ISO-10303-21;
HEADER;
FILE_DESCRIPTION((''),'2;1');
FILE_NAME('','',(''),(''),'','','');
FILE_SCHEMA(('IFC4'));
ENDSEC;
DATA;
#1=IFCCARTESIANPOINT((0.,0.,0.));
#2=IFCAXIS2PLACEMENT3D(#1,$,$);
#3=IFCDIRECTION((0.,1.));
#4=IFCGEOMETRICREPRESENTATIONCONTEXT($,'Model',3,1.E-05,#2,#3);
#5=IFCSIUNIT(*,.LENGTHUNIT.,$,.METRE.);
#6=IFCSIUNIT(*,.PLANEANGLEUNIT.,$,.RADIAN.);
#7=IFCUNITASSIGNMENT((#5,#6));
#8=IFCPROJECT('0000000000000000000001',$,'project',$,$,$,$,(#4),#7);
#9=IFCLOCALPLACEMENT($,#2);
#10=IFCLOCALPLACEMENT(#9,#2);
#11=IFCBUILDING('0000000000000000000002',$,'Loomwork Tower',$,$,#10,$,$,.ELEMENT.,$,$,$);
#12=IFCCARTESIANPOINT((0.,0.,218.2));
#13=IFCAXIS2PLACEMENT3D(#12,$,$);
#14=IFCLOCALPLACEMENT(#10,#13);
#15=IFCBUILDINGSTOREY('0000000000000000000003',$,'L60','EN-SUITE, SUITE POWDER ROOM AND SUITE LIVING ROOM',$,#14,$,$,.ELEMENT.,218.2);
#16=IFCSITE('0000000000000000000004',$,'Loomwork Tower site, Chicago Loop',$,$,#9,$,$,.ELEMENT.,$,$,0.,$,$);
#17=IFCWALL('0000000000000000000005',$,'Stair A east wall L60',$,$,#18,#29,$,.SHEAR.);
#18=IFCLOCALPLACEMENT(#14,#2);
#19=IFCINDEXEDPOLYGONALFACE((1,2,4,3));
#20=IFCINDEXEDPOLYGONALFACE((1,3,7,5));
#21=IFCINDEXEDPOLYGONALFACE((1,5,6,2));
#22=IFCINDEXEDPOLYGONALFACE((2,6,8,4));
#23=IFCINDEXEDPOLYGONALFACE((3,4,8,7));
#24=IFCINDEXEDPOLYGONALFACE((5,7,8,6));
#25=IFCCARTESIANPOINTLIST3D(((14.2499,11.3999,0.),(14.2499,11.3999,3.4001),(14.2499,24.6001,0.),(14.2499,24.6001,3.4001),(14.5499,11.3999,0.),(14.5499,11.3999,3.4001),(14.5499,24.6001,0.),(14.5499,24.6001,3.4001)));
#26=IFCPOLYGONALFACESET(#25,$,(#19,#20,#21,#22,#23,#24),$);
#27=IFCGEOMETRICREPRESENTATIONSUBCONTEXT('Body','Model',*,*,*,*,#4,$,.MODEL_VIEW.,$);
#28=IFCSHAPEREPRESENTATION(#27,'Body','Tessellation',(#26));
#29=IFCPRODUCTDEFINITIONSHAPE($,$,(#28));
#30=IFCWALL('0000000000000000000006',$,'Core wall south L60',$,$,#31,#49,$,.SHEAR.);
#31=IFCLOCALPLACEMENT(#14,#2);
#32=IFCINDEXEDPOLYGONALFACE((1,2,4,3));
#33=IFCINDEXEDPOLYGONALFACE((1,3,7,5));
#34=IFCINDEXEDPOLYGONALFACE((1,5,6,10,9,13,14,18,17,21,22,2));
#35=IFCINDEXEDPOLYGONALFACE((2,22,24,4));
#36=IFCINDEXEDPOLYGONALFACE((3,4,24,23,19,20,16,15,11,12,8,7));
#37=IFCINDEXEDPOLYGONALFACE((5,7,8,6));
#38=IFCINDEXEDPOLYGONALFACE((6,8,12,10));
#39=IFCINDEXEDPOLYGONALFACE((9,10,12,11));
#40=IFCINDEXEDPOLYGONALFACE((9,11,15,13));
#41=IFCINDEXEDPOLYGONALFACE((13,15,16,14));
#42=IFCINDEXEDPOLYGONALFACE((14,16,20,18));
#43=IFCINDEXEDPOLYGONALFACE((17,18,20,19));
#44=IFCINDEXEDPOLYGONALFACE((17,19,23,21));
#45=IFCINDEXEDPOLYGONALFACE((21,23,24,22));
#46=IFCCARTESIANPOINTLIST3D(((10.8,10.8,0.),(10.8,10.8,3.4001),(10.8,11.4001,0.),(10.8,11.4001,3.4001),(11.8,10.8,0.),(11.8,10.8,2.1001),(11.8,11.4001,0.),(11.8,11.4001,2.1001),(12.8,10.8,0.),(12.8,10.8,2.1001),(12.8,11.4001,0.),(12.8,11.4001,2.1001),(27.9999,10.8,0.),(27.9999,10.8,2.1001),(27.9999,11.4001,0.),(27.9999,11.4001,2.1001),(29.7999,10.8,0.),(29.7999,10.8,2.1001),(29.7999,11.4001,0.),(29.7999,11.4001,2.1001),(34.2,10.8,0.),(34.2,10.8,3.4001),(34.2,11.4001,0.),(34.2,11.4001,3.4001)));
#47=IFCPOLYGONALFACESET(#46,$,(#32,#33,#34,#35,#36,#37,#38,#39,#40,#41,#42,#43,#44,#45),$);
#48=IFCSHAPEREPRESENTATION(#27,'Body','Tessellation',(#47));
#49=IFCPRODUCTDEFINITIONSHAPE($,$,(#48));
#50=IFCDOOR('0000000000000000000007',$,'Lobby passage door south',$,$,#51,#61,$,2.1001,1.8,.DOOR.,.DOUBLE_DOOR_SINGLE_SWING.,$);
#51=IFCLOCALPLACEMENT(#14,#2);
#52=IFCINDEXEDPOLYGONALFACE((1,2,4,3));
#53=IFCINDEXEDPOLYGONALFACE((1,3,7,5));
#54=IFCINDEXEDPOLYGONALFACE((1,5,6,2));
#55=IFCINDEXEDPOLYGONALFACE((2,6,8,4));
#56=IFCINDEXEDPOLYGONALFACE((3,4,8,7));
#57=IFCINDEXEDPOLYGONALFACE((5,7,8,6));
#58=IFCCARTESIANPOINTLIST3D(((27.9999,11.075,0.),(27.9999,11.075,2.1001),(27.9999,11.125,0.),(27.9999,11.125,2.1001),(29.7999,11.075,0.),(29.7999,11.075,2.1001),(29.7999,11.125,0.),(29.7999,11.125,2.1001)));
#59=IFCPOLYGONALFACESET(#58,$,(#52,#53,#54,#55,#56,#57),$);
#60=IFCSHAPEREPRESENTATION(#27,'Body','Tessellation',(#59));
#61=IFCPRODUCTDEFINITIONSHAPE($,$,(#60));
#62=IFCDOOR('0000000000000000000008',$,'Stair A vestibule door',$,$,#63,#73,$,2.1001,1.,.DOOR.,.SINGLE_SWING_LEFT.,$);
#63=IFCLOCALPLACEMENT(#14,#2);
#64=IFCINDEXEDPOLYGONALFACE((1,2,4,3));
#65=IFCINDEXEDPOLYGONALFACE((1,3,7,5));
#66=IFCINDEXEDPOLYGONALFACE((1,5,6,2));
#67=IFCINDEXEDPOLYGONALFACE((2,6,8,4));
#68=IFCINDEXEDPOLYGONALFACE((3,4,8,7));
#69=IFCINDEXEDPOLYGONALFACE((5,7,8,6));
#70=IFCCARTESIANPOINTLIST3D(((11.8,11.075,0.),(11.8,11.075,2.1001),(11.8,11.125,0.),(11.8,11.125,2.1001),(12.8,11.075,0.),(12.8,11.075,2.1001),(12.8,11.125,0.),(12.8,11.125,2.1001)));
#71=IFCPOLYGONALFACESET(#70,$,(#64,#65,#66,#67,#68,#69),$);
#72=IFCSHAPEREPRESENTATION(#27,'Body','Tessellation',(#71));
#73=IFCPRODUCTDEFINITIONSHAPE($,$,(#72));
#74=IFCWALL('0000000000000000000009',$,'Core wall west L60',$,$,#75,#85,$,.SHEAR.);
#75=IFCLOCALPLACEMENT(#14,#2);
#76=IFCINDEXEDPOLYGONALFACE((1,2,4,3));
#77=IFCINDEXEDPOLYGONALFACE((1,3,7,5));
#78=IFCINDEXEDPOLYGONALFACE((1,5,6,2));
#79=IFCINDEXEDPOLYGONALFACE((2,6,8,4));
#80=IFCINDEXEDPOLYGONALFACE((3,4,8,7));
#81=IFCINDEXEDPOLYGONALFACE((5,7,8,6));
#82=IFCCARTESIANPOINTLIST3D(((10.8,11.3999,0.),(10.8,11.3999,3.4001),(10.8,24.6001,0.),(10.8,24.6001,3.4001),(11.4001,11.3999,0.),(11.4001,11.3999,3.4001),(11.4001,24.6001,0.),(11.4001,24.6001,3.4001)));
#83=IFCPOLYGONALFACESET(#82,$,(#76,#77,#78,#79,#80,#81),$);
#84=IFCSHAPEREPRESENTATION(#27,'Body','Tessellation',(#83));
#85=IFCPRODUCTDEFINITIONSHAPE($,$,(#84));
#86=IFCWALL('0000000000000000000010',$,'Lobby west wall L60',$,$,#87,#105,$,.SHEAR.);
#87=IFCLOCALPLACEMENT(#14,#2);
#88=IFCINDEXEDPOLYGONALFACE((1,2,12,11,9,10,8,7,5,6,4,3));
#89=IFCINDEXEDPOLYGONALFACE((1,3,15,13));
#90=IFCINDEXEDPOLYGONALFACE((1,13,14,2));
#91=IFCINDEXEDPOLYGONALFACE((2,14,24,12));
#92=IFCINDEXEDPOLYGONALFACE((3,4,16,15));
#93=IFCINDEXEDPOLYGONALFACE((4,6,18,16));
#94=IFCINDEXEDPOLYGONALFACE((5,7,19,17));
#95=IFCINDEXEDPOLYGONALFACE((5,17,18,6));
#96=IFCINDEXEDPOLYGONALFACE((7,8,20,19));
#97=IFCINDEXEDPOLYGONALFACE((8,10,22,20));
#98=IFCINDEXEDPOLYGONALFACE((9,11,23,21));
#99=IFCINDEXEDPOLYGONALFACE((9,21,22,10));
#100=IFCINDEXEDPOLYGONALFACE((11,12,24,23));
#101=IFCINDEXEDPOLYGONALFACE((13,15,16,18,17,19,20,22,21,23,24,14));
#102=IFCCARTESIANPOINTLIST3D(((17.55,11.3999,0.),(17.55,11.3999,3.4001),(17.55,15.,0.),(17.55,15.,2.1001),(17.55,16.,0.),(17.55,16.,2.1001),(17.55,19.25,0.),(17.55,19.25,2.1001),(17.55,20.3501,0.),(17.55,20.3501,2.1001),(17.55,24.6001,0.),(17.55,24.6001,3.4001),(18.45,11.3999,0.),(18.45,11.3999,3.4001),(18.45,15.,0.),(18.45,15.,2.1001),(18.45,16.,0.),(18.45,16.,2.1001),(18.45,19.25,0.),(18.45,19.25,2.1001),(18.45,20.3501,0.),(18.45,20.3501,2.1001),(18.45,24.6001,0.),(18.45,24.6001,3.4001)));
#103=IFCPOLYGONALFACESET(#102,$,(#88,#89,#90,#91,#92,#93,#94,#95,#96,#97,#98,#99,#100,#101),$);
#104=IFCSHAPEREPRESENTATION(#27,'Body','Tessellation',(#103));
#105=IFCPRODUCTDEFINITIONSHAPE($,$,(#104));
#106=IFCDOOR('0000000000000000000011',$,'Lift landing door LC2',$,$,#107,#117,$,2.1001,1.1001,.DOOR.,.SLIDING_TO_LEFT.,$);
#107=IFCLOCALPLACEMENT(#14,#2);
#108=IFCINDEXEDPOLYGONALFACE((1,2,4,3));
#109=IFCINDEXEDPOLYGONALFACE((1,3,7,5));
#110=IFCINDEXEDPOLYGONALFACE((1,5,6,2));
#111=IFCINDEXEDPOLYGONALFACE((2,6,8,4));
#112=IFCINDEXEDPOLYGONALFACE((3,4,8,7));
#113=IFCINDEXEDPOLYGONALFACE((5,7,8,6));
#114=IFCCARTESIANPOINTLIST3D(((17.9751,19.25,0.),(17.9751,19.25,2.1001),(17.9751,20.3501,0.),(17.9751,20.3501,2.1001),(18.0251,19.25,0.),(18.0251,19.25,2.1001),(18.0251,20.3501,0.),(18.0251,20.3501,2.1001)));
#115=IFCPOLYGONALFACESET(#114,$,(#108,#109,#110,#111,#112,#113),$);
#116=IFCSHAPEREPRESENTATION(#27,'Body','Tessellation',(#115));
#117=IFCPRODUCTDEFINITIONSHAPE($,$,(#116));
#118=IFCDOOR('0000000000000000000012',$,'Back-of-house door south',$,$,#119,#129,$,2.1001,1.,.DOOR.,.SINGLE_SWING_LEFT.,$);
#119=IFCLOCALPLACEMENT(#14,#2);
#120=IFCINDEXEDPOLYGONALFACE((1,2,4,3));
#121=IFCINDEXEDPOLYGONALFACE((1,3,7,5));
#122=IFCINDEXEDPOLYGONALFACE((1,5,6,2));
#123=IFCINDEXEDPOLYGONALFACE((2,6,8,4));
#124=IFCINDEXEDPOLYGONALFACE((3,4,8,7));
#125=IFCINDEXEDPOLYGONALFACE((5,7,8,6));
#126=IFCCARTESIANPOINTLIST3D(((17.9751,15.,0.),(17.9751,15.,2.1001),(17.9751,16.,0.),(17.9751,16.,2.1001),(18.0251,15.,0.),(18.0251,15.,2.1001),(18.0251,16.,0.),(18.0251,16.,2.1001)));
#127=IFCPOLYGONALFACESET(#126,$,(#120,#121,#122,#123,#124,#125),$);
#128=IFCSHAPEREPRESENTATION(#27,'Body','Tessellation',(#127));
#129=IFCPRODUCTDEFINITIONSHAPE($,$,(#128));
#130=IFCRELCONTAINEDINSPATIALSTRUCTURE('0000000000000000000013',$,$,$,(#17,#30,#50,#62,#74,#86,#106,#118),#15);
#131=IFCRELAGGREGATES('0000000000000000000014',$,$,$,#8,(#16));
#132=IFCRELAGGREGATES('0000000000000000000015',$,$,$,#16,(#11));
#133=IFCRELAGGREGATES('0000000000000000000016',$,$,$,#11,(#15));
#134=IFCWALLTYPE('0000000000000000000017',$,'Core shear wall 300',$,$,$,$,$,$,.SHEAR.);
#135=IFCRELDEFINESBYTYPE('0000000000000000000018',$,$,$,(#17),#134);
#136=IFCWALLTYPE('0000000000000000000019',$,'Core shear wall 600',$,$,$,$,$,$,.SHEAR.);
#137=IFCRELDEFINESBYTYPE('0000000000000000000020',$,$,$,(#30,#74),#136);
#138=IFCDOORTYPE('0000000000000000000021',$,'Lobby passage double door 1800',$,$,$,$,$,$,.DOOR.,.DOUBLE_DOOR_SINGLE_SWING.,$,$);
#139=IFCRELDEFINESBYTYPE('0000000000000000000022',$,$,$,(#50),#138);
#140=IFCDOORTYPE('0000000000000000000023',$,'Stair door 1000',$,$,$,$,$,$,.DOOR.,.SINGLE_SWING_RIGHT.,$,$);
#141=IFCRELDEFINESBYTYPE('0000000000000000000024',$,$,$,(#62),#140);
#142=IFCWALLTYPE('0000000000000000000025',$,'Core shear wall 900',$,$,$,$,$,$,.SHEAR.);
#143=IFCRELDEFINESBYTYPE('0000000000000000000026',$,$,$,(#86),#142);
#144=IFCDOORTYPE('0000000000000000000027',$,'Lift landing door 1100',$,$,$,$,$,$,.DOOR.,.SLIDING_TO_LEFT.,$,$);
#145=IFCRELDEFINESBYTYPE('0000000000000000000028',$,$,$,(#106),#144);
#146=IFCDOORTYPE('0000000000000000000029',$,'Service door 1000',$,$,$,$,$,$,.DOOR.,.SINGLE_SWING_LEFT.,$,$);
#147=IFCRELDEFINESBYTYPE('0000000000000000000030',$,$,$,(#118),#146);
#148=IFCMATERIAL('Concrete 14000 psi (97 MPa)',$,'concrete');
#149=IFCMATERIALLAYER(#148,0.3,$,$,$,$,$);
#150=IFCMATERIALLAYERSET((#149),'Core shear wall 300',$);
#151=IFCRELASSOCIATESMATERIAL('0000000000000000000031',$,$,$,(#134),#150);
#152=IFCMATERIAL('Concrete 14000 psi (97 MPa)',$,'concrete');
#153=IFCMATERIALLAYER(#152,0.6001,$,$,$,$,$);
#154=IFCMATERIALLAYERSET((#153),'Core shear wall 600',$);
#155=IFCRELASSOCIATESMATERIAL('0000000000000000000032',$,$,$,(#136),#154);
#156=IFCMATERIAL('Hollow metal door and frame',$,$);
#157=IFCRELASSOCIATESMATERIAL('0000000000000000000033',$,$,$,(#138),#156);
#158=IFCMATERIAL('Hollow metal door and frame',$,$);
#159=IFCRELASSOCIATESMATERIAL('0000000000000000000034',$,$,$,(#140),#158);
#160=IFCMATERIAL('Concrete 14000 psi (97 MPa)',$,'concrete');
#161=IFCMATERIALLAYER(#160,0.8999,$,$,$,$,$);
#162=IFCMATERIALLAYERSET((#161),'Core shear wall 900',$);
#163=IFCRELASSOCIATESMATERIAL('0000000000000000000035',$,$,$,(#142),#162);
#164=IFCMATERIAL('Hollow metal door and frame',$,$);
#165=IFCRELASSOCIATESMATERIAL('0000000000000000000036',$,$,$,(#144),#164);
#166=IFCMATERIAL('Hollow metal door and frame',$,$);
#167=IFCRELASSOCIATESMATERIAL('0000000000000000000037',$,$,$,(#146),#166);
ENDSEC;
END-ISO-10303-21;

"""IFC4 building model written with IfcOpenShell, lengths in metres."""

from ifc_helpers import new_model, si_unit, direction, frame, frame_2d, origin, place, context, subcontext, project, spatial, rectangle, extrude, material, layer, layer_set, type_object, element, fill, save


model = new_model("IFC4")

# Units and contexts
model_context = context("Model", 3, precision=1e-05, world=origin(), true_north=direction((0.0, 1.0)))
body_context = subcontext(model_context, "Body", "Model", "MODEL_VIEW")
ifc_project = project(units=[si_unit("LENGTHUNIT", "METRE"), si_unit("PLANEANGLEUNIT", "RADIAN")], contexts=[model_context])

# Site, building, storey
site_placement = place(None, origin())
site = spatial("IfcSite", under=ifc_project, at=site_placement, Name="Loomwork Tower site, Chicago Loop", CompositionType="ELEMENT", RefElevation=0.0)
building_placement = place(site_placement, origin())
building = spatial("IfcBuilding", under=site, at=building_placement, Name="Loomwork Tower", CompositionType="ELEMENT")
storey_placement = place(building_placement, frame((0.0, 0.0, 218.2)))
storey = spatial("IfcBuildingStorey", under=building, at=storey_placement, Name="L60", Description="EN-SUITE, SUITE POWDER ROOM AND SUITE LIVING ROOM", CompositionType="ELEMENT", Elevation=218.2)

# Wall
ifc_material_1 = material(Name="Concrete 14000 psi (97 MPa)", Category="concrete")
ifc_layer_1 = layer(ifc_material_1, 0.3)
ifc_layer_set_1 = layer_set([ifc_layer_1], Name="Core shear wall 300")
wall_type_1 = type_object("IfcWallType", Name="Core shear wall 300", PredefinedType="SHEAR", material=ifc_layer_set_1)
wall_1_placement = place(storey_placement, frame((14.3999, 11.3999, 0.0), z_axis=(0.0, 0.0, 1.0), x_axis=(0.0, 1.0, 0.0)))
element("IfcWall", 1, at=wall_1_placement, inside=storey, type_object=wall_type_1, Name="Stair A east wall L60", PredefinedType="SHEAR", context=body_context, shape_type="SweptSolid", body=[
    extrude(rectangle(XDim=13.2002, YDim=0.3, at=frame_2d((6.6001, 0.0))), origin(), (0.0, 0.0, 1.0), 3.4001),
])

# Wall, openings, doors
ifc_material_2 = material(Name="Concrete 14000 psi (97 MPa)", Category="concrete")
ifc_layer_2 = layer(ifc_material_2, 0.6001)
ifc_layer_set_2 = layer_set([ifc_layer_2], Name="Core shear wall 600")
wall_type_2 = type_object("IfcWallType", Name="Core shear wall 600", PredefinedType="SHEAR", material=ifc_layer_set_2)
wall_2_placement = place(storey_placement, frame((10.8, 11.1001, 0.0), z_axis=(0.0, 0.0, 1.0), x_axis=(1.0, 0.0, 0.0)))
wall_2 = element("IfcWall", 2, at=wall_2_placement, inside=storey, type_object=wall_type_2, Name="Core wall south L60", PredefinedType="SHEAR", context=body_context, shape_type="SweptSolid", body=[
    extrude(rectangle(XDim=23.3999, YDim=0.6001, at=frame_2d((11.7, 0.0))), origin(), (0.0, 0.0, 1.0), 3.4001),
])
opening_1_placement = place(wall_2_placement, frame((1.0, 0.0, 0.0)))
opening_1 = element("IfcOpeningElement", 3, at=opening_1_placement, cuts=wall_2, PredefinedType="OPENING", context=body_context, shape_type="SweptSolid", body=[
    extrude(rectangle(XDim=1.0, YDim=2.1001, at=frame_2d((0.5, 1.05))), frame((0.0, 0.3101, 0.0), z_axis=(0.0, -1.0, 0.0), x_axis=(1.0, 0.0, 0.0)), (0.0, 0.0, 1.0), 0.6201),
])
opening_2_placement = place(wall_2_placement, frame((17.2, 0.0, 0.0)))
opening_2 = element("IfcOpeningElement", 4, at=opening_2_placement, cuts=wall_2, PredefinedType="OPENING", context=body_context, shape_type="SweptSolid", body=[
    extrude(rectangle(XDim=1.8, YDim=2.1001, at=frame_2d((0.8999, 1.05))), frame((0.0, 0.3101, 0.0), z_axis=(0.0, -1.0, 0.0), x_axis=(1.0, 0.0, 0.0)), (0.0, 0.0, 1.0), 0.6201),
])
ifc_material_3 = material(Name="Hollow metal door and frame")
door_type_1 = type_object("IfcDoorType", Name="Lobby passage double door 1800", OperationType="DOUBLE_DOOR_SINGLE_SWING", PredefinedType="DOOR", material=ifc_material_3)
door_1_placement = place(opening_2_placement, origin())
door_1 = element("IfcDoor", 5, at=door_1_placement, inside=storey, type_object=door_type_1, Name="Lobby passage door south", OperationType="DOUBLE_DOOR_SINGLE_SWING", OverallHeight=2.1001, OverallWidth=1.8, PredefinedType="DOOR", context=body_context, shape_type="SweptSolid", body=[
    extrude(rectangle(XDim=1.8, YDim=2.1001, at=frame_2d((0.8999, 1.05))), frame((0.0, 0.0249, 0.0), z_axis=(0.0, -1.0, 0.0), x_axis=(1.0, 0.0, 0.0)), (0.0, 0.0, 1.0), 0.05),
])
fill(opening_2, door_1)
ifc_material_4 = material(Name="Hollow metal door and frame")
door_type_2 = type_object("IfcDoorType", Name="Stair door 1000", OperationType="SINGLE_SWING_RIGHT", PredefinedType="DOOR", material=ifc_material_4)
door_2_placement = place(opening_1_placement, origin())
door_2 = element("IfcDoor", 6, at=door_2_placement, inside=storey, type_object=door_type_2, Name="Stair A vestibule door", OperationType="SINGLE_SWING_LEFT", OverallHeight=2.1001, OverallWidth=1.0, PredefinedType="DOOR", context=body_context, shape_type="SweptSolid", body=[
    extrude(rectangle(XDim=1.0, YDim=2.1001, at=frame_2d((0.5, 1.05))), frame((0.0, 0.0249, 0.0), z_axis=(0.0, -1.0, 0.0), x_axis=(1.0, 0.0, 0.0)), (0.0, 0.0, 1.0), 0.05),
])
fill(opening_1, door_2)

# Wall
wall_3_placement = place(storey_placement, frame((11.1001, 11.3999, 0.0), z_axis=(0.0, 0.0, 1.0), x_axis=(0.0, 1.0, 0.0)))
element("IfcWall", 7, at=wall_3_placement, inside=storey, type_object=wall_type_2, Name="Core wall west L60", PredefinedType="SHEAR", context=body_context, shape_type="SweptSolid", body=[
    extrude(rectangle(XDim=13.2002, YDim=0.6001, at=frame_2d((6.6001, 0.0))), origin(), (0.0, 0.0, 1.0), 3.4001),
])

# Wall, openings, doors
ifc_material_5 = material(Name="Concrete 14000 psi (97 MPa)", Category="concrete")
ifc_layer_3 = layer(ifc_material_5, 0.8999)
ifc_layer_set_3 = layer_set([ifc_layer_3], Name="Core shear wall 900")
wall_type_3 = type_object("IfcWallType", Name="Core shear wall 900", PredefinedType="SHEAR", material=ifc_layer_set_3)
wall_4_placement = place(storey_placement, frame((18.0, 11.3999, 0.0), z_axis=(0.0, 0.0, 1.0), x_axis=(0.0, 1.0, 0.0)))
wall_4 = element("IfcWall", 8, at=wall_4_placement, inside=storey, type_object=wall_type_3, Name="Lobby west wall L60", PredefinedType="SHEAR", context=body_context, shape_type="SweptSolid", body=[
    extrude(rectangle(XDim=13.2002, YDim=0.8999, at=frame_2d((6.6001, 0.0))), origin(), (0.0, 0.0, 1.0), 3.4001),
])
opening_3_placement = place(wall_4_placement, frame((3.6001, 0.0, 0.0)))
opening_3 = element("IfcOpeningElement", 9, at=opening_3_placement, cuts=wall_4, PredefinedType="OPENING", context=body_context, shape_type="SweptSolid", body=[
    extrude(rectangle(XDim=1.0, YDim=2.1001, at=frame_2d((0.5, 1.05))), frame((0.0, 0.46, 0.0), z_axis=(0.0, -1.0, 0.0), x_axis=(1.0, 0.0, 0.0)), (0.0, 0.0, 1.0), 0.9199),
])
opening_4_placement = place(wall_4_placement, frame((7.8501, 0.0, 0.0)))
opening_4 = element("IfcOpeningElement", 10, at=opening_4_placement, cuts=wall_4, PredefinedType="OPENING", context=body_context, shape_type="SweptSolid", body=[
    extrude(rectangle(XDim=1.1001, YDim=2.1001, at=frame_2d((0.55, 1.05))), frame((0.0, 0.46, 0.0), z_axis=(0.0, -1.0, 0.0), x_axis=(1.0, 0.0, 0.0)), (0.0, 0.0, 1.0), 0.9199),
])
ifc_material_6 = material(Name="Hollow metal door and frame")
door_type_3 = type_object("IfcDoorType", Name="Lift landing door 1100", OperationType="SLIDING_TO_LEFT", PredefinedType="DOOR", material=ifc_material_6)
door_3_placement = place(opening_4_placement, origin())
door_3 = element("IfcDoor", 11, at=door_3_placement, inside=storey, type_object=door_type_3, Name="Lift landing door LC2", OperationType="SLIDING_TO_LEFT", OverallHeight=2.1001, OverallWidth=1.1001, PredefinedType="DOOR", context=body_context, shape_type="SweptSolid", body=[
    extrude(rectangle(XDim=1.1001, YDim=2.1001, at=frame_2d((0.55, 1.05))), frame((0.0, 0.0249, 0.0), z_axis=(0.0, -1.0, 0.0), x_axis=(1.0, 0.0, 0.0)), (0.0, 0.0, 1.0), 0.05),
])
fill(opening_4, door_3)
ifc_material_7 = material(Name="Hollow metal door and frame")
door_type_4 = type_object("IfcDoorType", Name="Service door 1000", OperationType="SINGLE_SWING_LEFT", PredefinedType="DOOR", material=ifc_material_7)
door_4_placement = place(opening_3_placement, origin())
door_4 = element("IfcDoor", 12, at=door_4_placement, inside=storey, type_object=door_type_4, Name="Back-of-house door south", OperationType="SINGLE_SWING_LEFT", OverallHeight=2.1001, OverallWidth=1.0, PredefinedType="DOOR", context=body_context, shape_type="SweptSolid", body=[
    extrude(rectangle(XDim=1.0, YDim=2.1001, at=frame_2d((0.5, 1.05))), frame((0.0, 0.0249, 0.0), z_axis=(0.0, -1.0, 0.0), x_axis=(1.0, 0.0, 0.0)), (0.0, 0.0, 1.0), 0.05),
])
fill(opening_3, door_4)

save(model, "model.ifc")
